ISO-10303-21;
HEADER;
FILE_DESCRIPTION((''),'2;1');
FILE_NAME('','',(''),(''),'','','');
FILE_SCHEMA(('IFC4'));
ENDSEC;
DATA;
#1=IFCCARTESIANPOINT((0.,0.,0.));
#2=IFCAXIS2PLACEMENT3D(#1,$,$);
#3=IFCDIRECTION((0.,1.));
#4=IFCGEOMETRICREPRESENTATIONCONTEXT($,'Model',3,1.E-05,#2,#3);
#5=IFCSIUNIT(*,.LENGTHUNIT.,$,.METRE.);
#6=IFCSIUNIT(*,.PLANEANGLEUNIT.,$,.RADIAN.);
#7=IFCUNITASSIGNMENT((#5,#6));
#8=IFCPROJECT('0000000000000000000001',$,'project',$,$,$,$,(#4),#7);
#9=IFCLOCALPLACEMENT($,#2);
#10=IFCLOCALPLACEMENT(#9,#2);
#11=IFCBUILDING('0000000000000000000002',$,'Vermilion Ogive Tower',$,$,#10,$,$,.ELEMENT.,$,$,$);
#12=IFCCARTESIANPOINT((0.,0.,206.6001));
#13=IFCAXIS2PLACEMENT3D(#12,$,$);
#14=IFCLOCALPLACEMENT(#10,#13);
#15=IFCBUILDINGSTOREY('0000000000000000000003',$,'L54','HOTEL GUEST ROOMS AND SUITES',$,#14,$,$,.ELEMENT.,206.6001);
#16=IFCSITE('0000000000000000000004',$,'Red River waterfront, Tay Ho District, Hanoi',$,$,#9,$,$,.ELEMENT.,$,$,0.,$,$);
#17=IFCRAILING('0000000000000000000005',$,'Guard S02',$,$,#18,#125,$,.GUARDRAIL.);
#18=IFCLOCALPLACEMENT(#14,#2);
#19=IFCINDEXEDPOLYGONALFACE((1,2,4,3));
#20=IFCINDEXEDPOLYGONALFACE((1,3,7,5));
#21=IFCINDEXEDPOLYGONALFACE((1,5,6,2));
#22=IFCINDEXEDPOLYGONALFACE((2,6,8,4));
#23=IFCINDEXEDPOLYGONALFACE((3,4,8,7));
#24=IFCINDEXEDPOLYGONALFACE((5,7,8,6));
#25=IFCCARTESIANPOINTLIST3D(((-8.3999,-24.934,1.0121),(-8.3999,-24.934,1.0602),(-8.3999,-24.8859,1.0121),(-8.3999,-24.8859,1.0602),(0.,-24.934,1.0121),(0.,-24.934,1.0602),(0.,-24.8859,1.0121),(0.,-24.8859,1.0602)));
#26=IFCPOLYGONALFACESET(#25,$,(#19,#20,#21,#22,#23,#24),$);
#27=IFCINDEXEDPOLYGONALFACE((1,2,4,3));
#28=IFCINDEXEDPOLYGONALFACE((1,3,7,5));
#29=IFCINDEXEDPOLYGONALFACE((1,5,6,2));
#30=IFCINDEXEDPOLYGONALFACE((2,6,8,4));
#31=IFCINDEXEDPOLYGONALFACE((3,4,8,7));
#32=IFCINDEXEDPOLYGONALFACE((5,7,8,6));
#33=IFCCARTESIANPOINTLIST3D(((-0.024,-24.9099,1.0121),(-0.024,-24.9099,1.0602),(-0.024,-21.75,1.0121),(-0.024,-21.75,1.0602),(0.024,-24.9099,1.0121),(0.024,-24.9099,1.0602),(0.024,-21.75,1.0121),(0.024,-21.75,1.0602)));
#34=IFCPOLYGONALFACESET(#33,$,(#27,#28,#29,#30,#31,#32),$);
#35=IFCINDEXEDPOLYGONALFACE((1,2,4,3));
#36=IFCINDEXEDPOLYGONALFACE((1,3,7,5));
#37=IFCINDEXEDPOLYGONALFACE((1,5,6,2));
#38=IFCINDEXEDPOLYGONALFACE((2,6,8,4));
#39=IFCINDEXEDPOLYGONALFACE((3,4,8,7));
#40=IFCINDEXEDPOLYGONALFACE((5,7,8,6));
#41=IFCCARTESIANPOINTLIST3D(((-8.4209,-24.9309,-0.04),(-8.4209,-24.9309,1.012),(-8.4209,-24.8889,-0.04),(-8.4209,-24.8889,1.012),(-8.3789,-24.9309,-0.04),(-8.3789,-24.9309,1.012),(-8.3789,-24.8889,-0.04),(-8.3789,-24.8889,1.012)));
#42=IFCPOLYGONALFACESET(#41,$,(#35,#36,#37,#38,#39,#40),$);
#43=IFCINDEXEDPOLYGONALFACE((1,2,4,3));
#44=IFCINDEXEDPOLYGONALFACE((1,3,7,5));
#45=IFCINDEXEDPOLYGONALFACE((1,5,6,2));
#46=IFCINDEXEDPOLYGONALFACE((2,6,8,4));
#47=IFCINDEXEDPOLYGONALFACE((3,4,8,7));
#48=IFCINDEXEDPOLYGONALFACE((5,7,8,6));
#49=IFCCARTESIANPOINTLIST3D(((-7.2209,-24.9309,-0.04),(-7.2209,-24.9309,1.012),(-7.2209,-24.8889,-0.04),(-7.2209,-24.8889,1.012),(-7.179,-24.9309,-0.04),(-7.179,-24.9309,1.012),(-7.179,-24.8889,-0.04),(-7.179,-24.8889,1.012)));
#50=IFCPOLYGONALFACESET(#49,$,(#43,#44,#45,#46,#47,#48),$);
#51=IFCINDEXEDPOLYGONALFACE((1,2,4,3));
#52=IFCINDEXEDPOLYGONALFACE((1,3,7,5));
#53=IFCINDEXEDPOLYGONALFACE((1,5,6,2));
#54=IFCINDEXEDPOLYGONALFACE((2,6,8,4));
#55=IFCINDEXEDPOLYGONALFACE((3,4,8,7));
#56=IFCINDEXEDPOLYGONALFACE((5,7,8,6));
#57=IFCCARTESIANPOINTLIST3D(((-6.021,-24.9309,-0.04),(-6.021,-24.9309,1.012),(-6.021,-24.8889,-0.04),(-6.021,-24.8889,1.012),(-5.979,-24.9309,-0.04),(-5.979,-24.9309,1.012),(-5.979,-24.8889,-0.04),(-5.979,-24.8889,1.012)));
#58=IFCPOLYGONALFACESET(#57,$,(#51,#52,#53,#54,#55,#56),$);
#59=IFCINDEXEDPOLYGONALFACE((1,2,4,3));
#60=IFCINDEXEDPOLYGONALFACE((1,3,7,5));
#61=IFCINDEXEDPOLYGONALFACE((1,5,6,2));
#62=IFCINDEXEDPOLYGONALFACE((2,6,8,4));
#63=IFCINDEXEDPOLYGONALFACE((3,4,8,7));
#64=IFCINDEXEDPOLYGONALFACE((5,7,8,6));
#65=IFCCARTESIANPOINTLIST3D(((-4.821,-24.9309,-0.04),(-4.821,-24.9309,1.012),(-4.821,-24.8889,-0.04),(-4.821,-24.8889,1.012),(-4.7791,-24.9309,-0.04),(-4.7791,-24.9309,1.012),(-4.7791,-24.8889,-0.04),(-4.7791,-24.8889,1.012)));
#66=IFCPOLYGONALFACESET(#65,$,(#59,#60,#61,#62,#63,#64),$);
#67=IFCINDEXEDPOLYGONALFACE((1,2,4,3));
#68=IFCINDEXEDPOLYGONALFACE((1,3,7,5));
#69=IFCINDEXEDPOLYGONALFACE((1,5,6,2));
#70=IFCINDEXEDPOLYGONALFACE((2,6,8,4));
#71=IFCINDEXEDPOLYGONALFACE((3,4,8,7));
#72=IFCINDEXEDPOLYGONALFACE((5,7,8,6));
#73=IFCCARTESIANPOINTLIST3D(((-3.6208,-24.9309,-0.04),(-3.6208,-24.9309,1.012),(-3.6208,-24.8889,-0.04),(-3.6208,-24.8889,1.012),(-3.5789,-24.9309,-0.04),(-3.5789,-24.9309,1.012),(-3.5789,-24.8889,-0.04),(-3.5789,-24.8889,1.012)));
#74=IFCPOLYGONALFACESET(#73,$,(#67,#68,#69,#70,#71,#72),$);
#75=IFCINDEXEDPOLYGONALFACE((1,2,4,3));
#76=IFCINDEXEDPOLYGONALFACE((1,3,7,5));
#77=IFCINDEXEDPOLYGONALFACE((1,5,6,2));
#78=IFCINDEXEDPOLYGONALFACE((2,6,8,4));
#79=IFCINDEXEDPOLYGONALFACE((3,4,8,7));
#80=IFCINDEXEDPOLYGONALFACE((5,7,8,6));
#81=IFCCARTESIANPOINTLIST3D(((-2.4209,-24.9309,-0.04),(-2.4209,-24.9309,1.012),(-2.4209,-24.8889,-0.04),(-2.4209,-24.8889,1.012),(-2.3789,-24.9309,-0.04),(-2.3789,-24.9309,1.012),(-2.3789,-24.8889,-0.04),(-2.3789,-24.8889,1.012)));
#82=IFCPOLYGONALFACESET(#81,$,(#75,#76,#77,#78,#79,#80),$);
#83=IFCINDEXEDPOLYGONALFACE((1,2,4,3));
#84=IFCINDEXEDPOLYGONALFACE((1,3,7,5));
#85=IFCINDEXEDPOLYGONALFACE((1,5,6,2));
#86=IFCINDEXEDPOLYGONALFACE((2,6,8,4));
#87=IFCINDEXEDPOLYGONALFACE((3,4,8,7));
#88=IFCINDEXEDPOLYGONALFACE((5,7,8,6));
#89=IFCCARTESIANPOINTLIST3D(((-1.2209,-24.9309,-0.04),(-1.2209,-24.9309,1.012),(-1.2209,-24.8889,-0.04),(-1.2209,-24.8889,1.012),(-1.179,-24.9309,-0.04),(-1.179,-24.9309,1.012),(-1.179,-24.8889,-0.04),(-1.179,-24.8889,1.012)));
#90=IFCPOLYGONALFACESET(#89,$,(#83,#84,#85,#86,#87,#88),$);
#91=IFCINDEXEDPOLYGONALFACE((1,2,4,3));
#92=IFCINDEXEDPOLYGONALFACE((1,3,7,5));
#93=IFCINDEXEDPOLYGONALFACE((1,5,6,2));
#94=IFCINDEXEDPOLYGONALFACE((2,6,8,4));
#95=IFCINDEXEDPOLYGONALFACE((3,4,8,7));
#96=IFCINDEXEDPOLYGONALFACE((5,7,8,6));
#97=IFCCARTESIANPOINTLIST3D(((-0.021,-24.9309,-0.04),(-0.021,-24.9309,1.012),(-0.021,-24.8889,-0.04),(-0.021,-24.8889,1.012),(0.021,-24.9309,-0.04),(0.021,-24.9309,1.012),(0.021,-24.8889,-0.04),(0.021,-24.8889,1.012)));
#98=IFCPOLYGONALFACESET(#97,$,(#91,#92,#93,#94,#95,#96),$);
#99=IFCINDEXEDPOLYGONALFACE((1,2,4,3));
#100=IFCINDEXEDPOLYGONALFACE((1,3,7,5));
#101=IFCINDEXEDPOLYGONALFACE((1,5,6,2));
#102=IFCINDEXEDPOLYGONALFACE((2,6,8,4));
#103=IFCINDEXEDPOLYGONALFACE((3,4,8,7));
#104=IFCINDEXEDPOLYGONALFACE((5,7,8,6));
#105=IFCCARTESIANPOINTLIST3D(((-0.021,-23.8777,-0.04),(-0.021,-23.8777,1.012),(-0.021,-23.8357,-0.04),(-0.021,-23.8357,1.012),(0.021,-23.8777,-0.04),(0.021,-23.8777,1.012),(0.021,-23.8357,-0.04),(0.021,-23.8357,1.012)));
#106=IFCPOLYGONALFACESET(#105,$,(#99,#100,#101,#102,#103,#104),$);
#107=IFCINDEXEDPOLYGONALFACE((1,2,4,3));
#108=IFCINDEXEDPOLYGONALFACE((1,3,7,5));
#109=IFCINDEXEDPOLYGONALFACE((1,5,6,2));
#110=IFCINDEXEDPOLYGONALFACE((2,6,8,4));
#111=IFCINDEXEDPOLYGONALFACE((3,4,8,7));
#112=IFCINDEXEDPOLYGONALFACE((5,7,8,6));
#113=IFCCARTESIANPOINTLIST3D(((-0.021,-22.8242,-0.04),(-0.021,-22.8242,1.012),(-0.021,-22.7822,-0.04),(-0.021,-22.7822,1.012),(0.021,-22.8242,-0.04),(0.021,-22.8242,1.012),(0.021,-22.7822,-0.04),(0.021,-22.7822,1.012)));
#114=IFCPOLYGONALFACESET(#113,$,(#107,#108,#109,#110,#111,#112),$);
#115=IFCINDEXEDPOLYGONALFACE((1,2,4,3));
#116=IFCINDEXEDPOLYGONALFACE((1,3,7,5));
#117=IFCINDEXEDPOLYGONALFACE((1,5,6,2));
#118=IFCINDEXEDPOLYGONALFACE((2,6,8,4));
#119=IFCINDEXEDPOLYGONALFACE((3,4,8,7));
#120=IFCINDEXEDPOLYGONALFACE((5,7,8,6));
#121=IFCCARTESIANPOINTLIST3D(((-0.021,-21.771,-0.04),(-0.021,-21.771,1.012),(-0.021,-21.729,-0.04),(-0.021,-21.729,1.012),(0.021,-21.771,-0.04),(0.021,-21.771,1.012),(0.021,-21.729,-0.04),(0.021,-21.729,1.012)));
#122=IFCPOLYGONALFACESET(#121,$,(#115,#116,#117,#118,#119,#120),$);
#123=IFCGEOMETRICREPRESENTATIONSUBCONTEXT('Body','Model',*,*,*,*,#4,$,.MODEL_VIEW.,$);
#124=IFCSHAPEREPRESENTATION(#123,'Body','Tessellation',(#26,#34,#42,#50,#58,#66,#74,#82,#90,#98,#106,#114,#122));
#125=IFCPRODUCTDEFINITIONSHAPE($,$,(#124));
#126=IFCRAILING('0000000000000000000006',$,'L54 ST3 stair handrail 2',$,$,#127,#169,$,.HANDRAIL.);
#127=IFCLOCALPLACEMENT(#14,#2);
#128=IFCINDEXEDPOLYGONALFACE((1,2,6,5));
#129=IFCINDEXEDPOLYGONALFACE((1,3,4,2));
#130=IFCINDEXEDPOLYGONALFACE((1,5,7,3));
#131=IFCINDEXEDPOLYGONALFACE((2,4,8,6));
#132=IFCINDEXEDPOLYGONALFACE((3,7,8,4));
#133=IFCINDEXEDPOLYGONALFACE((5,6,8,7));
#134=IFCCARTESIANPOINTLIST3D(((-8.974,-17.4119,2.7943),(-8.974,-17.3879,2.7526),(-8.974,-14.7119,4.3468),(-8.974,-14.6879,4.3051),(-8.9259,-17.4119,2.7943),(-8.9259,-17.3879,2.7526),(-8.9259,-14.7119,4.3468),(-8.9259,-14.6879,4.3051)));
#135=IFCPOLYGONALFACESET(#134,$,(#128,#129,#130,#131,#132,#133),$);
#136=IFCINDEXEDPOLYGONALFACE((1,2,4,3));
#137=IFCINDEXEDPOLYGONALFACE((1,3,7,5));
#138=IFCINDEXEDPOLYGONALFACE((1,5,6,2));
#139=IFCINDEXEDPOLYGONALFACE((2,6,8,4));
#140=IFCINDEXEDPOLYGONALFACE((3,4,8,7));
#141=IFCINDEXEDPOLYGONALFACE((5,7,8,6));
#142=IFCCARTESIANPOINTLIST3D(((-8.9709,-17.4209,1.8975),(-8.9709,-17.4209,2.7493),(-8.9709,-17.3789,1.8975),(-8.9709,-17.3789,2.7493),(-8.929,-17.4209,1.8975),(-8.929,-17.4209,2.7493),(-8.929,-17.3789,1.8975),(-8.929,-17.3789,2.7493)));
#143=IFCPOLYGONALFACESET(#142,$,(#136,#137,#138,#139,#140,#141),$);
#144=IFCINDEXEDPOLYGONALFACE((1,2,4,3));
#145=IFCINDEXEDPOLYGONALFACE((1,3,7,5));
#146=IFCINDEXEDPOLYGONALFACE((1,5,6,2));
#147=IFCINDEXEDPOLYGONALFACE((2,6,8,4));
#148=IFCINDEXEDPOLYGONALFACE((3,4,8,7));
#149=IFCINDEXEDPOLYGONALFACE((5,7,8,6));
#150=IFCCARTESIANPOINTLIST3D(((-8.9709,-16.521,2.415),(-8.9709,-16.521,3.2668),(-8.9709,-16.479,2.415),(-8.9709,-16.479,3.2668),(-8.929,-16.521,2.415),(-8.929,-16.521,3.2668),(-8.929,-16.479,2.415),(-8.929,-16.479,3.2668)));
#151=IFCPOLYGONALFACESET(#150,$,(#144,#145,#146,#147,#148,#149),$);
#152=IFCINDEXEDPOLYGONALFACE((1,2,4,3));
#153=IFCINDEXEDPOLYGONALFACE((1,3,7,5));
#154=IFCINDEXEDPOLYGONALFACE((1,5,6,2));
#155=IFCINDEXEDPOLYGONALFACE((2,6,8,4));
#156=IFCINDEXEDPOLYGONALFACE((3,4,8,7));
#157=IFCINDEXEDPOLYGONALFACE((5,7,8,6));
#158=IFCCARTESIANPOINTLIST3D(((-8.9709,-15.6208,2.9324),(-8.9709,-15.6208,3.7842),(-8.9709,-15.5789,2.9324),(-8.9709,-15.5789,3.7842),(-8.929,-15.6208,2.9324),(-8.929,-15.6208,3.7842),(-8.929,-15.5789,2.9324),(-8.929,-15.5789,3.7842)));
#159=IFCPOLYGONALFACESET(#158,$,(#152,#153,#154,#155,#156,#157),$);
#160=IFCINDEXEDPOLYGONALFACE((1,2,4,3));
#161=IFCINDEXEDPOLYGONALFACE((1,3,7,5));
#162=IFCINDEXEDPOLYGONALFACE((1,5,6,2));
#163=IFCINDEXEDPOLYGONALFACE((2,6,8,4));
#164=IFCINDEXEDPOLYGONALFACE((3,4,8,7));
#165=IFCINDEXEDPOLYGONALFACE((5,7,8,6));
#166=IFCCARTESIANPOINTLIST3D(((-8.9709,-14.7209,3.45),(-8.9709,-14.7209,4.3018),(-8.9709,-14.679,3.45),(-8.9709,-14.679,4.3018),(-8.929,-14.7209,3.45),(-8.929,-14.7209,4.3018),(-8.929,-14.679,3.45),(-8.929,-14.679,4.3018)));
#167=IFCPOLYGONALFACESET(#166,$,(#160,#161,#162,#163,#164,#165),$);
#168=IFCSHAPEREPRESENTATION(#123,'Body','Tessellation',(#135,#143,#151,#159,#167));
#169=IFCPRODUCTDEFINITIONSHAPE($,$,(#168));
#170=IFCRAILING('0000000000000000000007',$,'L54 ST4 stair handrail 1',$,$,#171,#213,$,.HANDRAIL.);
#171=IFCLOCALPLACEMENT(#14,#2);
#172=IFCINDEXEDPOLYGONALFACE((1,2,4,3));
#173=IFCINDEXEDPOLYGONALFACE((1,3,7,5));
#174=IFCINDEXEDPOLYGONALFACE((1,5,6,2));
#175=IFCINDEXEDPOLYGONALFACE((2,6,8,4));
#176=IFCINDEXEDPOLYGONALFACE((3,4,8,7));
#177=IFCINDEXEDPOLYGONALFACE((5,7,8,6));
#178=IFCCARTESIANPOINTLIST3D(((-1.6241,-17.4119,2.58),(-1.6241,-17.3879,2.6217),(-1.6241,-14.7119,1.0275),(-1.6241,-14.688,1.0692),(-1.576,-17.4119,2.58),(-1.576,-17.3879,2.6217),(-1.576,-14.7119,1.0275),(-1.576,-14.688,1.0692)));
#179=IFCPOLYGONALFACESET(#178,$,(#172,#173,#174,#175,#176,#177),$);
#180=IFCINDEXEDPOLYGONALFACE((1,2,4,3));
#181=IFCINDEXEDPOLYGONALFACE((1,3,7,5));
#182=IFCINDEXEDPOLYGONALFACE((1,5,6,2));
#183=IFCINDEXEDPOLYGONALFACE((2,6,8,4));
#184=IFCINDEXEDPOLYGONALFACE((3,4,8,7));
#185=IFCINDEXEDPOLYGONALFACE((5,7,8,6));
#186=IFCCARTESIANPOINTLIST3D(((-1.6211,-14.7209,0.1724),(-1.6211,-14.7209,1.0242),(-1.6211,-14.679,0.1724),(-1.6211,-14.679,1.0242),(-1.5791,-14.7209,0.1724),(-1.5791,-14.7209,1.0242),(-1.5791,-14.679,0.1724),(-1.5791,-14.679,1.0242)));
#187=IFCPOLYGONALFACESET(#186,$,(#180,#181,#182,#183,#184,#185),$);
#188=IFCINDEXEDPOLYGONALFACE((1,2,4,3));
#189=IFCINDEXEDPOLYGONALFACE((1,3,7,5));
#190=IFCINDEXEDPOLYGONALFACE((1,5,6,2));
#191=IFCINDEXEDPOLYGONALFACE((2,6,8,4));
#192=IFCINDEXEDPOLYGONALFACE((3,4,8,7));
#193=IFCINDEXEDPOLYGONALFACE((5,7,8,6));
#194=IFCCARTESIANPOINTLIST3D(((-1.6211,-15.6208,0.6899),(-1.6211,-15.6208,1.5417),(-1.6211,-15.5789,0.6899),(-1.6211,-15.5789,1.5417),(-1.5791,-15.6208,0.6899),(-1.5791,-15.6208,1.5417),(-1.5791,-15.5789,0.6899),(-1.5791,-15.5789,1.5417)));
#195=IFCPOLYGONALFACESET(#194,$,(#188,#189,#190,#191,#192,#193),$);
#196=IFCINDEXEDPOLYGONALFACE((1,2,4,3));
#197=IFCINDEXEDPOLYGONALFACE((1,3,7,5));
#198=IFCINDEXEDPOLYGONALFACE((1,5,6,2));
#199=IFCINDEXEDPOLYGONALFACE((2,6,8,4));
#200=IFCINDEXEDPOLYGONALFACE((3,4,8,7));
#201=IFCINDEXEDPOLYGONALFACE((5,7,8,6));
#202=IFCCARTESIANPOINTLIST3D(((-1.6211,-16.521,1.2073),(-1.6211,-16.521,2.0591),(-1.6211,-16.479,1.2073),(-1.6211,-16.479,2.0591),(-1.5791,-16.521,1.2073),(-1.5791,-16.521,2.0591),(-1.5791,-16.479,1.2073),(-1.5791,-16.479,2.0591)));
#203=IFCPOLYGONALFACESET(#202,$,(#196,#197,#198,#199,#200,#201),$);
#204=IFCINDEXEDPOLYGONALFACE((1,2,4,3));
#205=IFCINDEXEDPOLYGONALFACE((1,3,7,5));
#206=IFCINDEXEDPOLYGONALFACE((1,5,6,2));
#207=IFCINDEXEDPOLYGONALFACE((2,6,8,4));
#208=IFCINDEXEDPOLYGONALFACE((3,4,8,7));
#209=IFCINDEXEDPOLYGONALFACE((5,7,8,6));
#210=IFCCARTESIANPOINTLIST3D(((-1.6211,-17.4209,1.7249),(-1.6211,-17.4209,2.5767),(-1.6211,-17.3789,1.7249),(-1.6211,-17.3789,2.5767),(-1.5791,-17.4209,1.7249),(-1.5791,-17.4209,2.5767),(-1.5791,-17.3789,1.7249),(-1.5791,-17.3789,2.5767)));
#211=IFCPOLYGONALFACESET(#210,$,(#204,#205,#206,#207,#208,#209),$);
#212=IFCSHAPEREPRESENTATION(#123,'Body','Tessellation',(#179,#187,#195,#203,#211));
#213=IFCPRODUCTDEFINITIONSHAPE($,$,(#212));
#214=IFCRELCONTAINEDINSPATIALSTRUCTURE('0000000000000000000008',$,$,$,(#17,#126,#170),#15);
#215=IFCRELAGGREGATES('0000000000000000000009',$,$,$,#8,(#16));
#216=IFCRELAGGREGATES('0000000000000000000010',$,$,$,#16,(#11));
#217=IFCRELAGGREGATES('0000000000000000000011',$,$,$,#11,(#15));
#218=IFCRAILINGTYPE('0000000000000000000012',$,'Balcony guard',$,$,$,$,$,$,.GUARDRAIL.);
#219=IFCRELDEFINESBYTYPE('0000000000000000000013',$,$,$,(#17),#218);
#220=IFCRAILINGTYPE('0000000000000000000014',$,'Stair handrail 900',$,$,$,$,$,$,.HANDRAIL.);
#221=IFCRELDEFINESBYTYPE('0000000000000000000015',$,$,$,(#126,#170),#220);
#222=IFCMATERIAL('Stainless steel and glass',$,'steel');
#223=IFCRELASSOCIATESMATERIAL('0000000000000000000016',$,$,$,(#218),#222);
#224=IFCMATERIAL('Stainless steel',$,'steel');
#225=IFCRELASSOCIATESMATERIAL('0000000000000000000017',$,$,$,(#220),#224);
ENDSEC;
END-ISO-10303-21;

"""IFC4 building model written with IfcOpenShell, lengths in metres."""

from ifc_helpers import new_model, si_unit, direction, frame, origin, origin_2d, place, context, subcontext, project, spatial, rectangle, extrude, material, type_object, element, save


model = new_model("IFC4")

# Units and contexts
model_context = context("Model", 3, precision=1e-05, world=origin(), true_north=direction((0.0, 1.0)))
body_context = subcontext(model_context, "Body", "Model", "MODEL_VIEW")
ifc_project = project(units=[si_unit("LENGTHUNIT", "METRE"), si_unit("PLANEANGLEUNIT", "RADIAN")], contexts=[model_context])

# Site, building, storey
site_placement = place(None, origin())
site = spatial("IfcSite", under=ifc_project, at=site_placement, Name="Red River waterfront, Tay Ho District, Hanoi", CompositionType="ELEMENT", RefElevation=0.0)
building_placement = place(site_placement, origin())
building = spatial("IfcBuilding", under=site, at=building_placement, Name="Vermilion Ogive Tower", CompositionType="ELEMENT")
storey_placement = place(building_placement, frame((0.0, 0.0, 206.6001)))
storey = spatial("IfcBuildingStorey", under=building, at=storey_placement, Name="L54", Description="HOTEL GUEST ROOMS AND SUITES", CompositionType="ELEMENT", Elevation=206.6001)

# Railings
ifc_material_1 = material(Name="Stainless steel and glass", Category="steel")
railing_type_1 = type_object("IfcRailingType", Name="Balcony guard", PredefinedType="GUARDRAIL", material=ifc_material_1)
railing_1_placement = place(storey_placement, frame((-8.3999, -24.9099, -0.04)))
element("IfcRailing", 1, at=railing_1_placement, inside=storey, type_object=railing_type_1, Name="Guard S02", PredefinedType="GUARDRAIL", context=body_context, shape_type="SweptSolid", body=[
    extrude(rectangle(XDim=0.0481, YDim=0.0481, at=origin_2d()), frame((0.0, 0.0, 1.0762), z_axis=(1.0, 0.0, 0.0), x_axis=(0.0, 1.0, 0.0)), (0.0, 0.0, 1.0), 8.3999),
    extrude(rectangle(XDim=0.0481, YDim=0.0481, at=origin_2d()), frame((8.3999, 0.0, 1.0762), z_axis=(0.0, 1.0, 0.0), x_axis=(-1.0, 0.0, 0.0)), (0.0, 0.0, 1.0), 3.1599),
    extrude(rectangle(XDim=0.042, YDim=0.042, at=origin_2d()), origin(), (0.0, 0.0, 1.0), 1.052),
    extrude(rectangle(XDim=0.042, YDim=0.042, at=origin_2d()), frame((1.2, 0.0, 0.0)), (0.0, 0.0, 1.0), 1.052),
    extrude(rectangle(XDim=0.042, YDim=0.042, at=origin_2d()), frame((2.3999, 0.0, 0.0)), (0.0, 0.0, 1.0), 1.052),
    extrude(rectangle(XDim=0.042, YDim=0.042, at=origin_2d()), frame((3.5999, 0.0, 0.0)), (0.0, 0.0, 1.0), 1.052),
    extrude(rectangle(XDim=0.042, YDim=0.042, at=origin_2d()), frame((4.8, 0.0, 0.0)), (0.0, 0.0, 1.0), 1.052),
    extrude(rectangle(XDim=0.042, YDim=0.042, at=origin_2d()), frame((6.0, 0.0, 0.0)), (0.0, 0.0, 1.0), 1.052),
    extrude(rectangle(XDim=0.042, YDim=0.042, at=origin_2d()), frame((7.2, 0.0, 0.0)), (0.0, 0.0, 1.0), 1.052),
    extrude(rectangle(XDim=0.042, YDim=0.042, at=origin_2d()), frame((8.3999, 0.0, 0.0)), (0.0, 0.0, 1.0), 1.052),
    extrude(rectangle(XDim=0.042, YDim=0.042, at=origin_2d()), frame((8.3999, 1.0532, 0.0)), (0.0, 0.0, 1.0), 1.052),
    extrude(rectangle(XDim=0.042, YDim=0.042, at=origin_2d()), frame((8.3999, 2.1067, 0.0)), (0.0, 0.0, 1.0), 1.052),
    extrude(rectangle(XDim=0.042, YDim=0.042, at=origin_2d()), frame((8.3999, 3.1599, 0.0)), (0.0, 0.0, 1.0), 1.052),
])
ifc_material_2 = material(Name="Stainless steel", Category="steel")
railing_type_2 = type_object("IfcRailingType", Name="Stair handrail 900", PredefinedType="HANDRAIL", material=ifc_material_2)
railing_2_placement = place(storey_placement, frame((-8.95, -17.3999, 1.8975)))
element("IfcRailing", 2, at=railing_2_placement, inside=storey, type_object=railing_type_2, Name="L54 ST3 stair handrail 2", PredefinedType="HANDRAIL", context=body_context, shape_type="SweptSolid", body=[
    extrude(rectangle(XDim=0.0481, YDim=0.0481, at=origin_2d()), frame((0.0, 0.0, 0.876), z_axis=(0.0, 0.866904, 0.498476), x_axis=(-1.0, 0.0, 0.0)), (0.0, 0.0, 1.0), 3.1145),
    extrude(rectangle(XDim=0.042, YDim=0.042, at=origin_2d()), origin(), (0.0, 0.0, 1.0), 0.8518),
    extrude(rectangle(XDim=0.042, YDim=0.042, at=origin_2d()), frame((0.0, 0.8999, 0.5176)), (0.0, 0.0, 1.0), 0.8518),
    extrude(rectangle(XDim=0.042, YDim=0.042, at=origin_2d()), frame((0.0, 1.8, 1.0349)), (0.0, 0.0, 1.0), 0.8518),
    extrude(rectangle(XDim=0.042, YDim=0.042, at=origin_2d()), frame((0.0, 2.7, 1.5525)), (0.0, 0.0, 1.0), 0.8518),
])
railing_3_placement = place(storey_placement, frame((-1.6001, -14.7, 0.1724)))
element("IfcRailing", 3, at=railing_3_placement, inside=storey, type_object=railing_type_2, Name="L54 ST4 stair handrail 1", PredefinedType="HANDRAIL", context=body_context, shape_type="SweptSolid", body=[
    extrude(rectangle(XDim=0.0481, YDim=0.0481, at=origin_2d()), frame((0.0, 0.0, 0.876), z_axis=(0.0, -0.866904, 0.498476), x_axis=(1.0, 0.0, 0.0)), (0.0, 0.0, 1.0), 3.1145),
    extrude(rectangle(XDim=0.042, YDim=0.042, at=origin_2d()), origin(), (0.0, 0.0, 1.0), 0.8518),
    extrude(rectangle(XDim=0.042, YDim=0.042, at=origin_2d()), frame((0.0, -0.8999, 0.5176)), (0.0, 0.0, 1.0), 0.8518),
    extrude(rectangle(XDim=0.042, YDim=0.042, at=origin_2d()), frame((0.0, -1.8, 1.0349)), (0.0, 0.0, 1.0), 0.8518),
    extrude(rectangle(XDim=0.042, YDim=0.042, at=origin_2d()), frame((0.0, -2.7, 1.5525)), (0.0, 0.0, 1.0), 0.8518),
])

save(model, "model.ifc")
